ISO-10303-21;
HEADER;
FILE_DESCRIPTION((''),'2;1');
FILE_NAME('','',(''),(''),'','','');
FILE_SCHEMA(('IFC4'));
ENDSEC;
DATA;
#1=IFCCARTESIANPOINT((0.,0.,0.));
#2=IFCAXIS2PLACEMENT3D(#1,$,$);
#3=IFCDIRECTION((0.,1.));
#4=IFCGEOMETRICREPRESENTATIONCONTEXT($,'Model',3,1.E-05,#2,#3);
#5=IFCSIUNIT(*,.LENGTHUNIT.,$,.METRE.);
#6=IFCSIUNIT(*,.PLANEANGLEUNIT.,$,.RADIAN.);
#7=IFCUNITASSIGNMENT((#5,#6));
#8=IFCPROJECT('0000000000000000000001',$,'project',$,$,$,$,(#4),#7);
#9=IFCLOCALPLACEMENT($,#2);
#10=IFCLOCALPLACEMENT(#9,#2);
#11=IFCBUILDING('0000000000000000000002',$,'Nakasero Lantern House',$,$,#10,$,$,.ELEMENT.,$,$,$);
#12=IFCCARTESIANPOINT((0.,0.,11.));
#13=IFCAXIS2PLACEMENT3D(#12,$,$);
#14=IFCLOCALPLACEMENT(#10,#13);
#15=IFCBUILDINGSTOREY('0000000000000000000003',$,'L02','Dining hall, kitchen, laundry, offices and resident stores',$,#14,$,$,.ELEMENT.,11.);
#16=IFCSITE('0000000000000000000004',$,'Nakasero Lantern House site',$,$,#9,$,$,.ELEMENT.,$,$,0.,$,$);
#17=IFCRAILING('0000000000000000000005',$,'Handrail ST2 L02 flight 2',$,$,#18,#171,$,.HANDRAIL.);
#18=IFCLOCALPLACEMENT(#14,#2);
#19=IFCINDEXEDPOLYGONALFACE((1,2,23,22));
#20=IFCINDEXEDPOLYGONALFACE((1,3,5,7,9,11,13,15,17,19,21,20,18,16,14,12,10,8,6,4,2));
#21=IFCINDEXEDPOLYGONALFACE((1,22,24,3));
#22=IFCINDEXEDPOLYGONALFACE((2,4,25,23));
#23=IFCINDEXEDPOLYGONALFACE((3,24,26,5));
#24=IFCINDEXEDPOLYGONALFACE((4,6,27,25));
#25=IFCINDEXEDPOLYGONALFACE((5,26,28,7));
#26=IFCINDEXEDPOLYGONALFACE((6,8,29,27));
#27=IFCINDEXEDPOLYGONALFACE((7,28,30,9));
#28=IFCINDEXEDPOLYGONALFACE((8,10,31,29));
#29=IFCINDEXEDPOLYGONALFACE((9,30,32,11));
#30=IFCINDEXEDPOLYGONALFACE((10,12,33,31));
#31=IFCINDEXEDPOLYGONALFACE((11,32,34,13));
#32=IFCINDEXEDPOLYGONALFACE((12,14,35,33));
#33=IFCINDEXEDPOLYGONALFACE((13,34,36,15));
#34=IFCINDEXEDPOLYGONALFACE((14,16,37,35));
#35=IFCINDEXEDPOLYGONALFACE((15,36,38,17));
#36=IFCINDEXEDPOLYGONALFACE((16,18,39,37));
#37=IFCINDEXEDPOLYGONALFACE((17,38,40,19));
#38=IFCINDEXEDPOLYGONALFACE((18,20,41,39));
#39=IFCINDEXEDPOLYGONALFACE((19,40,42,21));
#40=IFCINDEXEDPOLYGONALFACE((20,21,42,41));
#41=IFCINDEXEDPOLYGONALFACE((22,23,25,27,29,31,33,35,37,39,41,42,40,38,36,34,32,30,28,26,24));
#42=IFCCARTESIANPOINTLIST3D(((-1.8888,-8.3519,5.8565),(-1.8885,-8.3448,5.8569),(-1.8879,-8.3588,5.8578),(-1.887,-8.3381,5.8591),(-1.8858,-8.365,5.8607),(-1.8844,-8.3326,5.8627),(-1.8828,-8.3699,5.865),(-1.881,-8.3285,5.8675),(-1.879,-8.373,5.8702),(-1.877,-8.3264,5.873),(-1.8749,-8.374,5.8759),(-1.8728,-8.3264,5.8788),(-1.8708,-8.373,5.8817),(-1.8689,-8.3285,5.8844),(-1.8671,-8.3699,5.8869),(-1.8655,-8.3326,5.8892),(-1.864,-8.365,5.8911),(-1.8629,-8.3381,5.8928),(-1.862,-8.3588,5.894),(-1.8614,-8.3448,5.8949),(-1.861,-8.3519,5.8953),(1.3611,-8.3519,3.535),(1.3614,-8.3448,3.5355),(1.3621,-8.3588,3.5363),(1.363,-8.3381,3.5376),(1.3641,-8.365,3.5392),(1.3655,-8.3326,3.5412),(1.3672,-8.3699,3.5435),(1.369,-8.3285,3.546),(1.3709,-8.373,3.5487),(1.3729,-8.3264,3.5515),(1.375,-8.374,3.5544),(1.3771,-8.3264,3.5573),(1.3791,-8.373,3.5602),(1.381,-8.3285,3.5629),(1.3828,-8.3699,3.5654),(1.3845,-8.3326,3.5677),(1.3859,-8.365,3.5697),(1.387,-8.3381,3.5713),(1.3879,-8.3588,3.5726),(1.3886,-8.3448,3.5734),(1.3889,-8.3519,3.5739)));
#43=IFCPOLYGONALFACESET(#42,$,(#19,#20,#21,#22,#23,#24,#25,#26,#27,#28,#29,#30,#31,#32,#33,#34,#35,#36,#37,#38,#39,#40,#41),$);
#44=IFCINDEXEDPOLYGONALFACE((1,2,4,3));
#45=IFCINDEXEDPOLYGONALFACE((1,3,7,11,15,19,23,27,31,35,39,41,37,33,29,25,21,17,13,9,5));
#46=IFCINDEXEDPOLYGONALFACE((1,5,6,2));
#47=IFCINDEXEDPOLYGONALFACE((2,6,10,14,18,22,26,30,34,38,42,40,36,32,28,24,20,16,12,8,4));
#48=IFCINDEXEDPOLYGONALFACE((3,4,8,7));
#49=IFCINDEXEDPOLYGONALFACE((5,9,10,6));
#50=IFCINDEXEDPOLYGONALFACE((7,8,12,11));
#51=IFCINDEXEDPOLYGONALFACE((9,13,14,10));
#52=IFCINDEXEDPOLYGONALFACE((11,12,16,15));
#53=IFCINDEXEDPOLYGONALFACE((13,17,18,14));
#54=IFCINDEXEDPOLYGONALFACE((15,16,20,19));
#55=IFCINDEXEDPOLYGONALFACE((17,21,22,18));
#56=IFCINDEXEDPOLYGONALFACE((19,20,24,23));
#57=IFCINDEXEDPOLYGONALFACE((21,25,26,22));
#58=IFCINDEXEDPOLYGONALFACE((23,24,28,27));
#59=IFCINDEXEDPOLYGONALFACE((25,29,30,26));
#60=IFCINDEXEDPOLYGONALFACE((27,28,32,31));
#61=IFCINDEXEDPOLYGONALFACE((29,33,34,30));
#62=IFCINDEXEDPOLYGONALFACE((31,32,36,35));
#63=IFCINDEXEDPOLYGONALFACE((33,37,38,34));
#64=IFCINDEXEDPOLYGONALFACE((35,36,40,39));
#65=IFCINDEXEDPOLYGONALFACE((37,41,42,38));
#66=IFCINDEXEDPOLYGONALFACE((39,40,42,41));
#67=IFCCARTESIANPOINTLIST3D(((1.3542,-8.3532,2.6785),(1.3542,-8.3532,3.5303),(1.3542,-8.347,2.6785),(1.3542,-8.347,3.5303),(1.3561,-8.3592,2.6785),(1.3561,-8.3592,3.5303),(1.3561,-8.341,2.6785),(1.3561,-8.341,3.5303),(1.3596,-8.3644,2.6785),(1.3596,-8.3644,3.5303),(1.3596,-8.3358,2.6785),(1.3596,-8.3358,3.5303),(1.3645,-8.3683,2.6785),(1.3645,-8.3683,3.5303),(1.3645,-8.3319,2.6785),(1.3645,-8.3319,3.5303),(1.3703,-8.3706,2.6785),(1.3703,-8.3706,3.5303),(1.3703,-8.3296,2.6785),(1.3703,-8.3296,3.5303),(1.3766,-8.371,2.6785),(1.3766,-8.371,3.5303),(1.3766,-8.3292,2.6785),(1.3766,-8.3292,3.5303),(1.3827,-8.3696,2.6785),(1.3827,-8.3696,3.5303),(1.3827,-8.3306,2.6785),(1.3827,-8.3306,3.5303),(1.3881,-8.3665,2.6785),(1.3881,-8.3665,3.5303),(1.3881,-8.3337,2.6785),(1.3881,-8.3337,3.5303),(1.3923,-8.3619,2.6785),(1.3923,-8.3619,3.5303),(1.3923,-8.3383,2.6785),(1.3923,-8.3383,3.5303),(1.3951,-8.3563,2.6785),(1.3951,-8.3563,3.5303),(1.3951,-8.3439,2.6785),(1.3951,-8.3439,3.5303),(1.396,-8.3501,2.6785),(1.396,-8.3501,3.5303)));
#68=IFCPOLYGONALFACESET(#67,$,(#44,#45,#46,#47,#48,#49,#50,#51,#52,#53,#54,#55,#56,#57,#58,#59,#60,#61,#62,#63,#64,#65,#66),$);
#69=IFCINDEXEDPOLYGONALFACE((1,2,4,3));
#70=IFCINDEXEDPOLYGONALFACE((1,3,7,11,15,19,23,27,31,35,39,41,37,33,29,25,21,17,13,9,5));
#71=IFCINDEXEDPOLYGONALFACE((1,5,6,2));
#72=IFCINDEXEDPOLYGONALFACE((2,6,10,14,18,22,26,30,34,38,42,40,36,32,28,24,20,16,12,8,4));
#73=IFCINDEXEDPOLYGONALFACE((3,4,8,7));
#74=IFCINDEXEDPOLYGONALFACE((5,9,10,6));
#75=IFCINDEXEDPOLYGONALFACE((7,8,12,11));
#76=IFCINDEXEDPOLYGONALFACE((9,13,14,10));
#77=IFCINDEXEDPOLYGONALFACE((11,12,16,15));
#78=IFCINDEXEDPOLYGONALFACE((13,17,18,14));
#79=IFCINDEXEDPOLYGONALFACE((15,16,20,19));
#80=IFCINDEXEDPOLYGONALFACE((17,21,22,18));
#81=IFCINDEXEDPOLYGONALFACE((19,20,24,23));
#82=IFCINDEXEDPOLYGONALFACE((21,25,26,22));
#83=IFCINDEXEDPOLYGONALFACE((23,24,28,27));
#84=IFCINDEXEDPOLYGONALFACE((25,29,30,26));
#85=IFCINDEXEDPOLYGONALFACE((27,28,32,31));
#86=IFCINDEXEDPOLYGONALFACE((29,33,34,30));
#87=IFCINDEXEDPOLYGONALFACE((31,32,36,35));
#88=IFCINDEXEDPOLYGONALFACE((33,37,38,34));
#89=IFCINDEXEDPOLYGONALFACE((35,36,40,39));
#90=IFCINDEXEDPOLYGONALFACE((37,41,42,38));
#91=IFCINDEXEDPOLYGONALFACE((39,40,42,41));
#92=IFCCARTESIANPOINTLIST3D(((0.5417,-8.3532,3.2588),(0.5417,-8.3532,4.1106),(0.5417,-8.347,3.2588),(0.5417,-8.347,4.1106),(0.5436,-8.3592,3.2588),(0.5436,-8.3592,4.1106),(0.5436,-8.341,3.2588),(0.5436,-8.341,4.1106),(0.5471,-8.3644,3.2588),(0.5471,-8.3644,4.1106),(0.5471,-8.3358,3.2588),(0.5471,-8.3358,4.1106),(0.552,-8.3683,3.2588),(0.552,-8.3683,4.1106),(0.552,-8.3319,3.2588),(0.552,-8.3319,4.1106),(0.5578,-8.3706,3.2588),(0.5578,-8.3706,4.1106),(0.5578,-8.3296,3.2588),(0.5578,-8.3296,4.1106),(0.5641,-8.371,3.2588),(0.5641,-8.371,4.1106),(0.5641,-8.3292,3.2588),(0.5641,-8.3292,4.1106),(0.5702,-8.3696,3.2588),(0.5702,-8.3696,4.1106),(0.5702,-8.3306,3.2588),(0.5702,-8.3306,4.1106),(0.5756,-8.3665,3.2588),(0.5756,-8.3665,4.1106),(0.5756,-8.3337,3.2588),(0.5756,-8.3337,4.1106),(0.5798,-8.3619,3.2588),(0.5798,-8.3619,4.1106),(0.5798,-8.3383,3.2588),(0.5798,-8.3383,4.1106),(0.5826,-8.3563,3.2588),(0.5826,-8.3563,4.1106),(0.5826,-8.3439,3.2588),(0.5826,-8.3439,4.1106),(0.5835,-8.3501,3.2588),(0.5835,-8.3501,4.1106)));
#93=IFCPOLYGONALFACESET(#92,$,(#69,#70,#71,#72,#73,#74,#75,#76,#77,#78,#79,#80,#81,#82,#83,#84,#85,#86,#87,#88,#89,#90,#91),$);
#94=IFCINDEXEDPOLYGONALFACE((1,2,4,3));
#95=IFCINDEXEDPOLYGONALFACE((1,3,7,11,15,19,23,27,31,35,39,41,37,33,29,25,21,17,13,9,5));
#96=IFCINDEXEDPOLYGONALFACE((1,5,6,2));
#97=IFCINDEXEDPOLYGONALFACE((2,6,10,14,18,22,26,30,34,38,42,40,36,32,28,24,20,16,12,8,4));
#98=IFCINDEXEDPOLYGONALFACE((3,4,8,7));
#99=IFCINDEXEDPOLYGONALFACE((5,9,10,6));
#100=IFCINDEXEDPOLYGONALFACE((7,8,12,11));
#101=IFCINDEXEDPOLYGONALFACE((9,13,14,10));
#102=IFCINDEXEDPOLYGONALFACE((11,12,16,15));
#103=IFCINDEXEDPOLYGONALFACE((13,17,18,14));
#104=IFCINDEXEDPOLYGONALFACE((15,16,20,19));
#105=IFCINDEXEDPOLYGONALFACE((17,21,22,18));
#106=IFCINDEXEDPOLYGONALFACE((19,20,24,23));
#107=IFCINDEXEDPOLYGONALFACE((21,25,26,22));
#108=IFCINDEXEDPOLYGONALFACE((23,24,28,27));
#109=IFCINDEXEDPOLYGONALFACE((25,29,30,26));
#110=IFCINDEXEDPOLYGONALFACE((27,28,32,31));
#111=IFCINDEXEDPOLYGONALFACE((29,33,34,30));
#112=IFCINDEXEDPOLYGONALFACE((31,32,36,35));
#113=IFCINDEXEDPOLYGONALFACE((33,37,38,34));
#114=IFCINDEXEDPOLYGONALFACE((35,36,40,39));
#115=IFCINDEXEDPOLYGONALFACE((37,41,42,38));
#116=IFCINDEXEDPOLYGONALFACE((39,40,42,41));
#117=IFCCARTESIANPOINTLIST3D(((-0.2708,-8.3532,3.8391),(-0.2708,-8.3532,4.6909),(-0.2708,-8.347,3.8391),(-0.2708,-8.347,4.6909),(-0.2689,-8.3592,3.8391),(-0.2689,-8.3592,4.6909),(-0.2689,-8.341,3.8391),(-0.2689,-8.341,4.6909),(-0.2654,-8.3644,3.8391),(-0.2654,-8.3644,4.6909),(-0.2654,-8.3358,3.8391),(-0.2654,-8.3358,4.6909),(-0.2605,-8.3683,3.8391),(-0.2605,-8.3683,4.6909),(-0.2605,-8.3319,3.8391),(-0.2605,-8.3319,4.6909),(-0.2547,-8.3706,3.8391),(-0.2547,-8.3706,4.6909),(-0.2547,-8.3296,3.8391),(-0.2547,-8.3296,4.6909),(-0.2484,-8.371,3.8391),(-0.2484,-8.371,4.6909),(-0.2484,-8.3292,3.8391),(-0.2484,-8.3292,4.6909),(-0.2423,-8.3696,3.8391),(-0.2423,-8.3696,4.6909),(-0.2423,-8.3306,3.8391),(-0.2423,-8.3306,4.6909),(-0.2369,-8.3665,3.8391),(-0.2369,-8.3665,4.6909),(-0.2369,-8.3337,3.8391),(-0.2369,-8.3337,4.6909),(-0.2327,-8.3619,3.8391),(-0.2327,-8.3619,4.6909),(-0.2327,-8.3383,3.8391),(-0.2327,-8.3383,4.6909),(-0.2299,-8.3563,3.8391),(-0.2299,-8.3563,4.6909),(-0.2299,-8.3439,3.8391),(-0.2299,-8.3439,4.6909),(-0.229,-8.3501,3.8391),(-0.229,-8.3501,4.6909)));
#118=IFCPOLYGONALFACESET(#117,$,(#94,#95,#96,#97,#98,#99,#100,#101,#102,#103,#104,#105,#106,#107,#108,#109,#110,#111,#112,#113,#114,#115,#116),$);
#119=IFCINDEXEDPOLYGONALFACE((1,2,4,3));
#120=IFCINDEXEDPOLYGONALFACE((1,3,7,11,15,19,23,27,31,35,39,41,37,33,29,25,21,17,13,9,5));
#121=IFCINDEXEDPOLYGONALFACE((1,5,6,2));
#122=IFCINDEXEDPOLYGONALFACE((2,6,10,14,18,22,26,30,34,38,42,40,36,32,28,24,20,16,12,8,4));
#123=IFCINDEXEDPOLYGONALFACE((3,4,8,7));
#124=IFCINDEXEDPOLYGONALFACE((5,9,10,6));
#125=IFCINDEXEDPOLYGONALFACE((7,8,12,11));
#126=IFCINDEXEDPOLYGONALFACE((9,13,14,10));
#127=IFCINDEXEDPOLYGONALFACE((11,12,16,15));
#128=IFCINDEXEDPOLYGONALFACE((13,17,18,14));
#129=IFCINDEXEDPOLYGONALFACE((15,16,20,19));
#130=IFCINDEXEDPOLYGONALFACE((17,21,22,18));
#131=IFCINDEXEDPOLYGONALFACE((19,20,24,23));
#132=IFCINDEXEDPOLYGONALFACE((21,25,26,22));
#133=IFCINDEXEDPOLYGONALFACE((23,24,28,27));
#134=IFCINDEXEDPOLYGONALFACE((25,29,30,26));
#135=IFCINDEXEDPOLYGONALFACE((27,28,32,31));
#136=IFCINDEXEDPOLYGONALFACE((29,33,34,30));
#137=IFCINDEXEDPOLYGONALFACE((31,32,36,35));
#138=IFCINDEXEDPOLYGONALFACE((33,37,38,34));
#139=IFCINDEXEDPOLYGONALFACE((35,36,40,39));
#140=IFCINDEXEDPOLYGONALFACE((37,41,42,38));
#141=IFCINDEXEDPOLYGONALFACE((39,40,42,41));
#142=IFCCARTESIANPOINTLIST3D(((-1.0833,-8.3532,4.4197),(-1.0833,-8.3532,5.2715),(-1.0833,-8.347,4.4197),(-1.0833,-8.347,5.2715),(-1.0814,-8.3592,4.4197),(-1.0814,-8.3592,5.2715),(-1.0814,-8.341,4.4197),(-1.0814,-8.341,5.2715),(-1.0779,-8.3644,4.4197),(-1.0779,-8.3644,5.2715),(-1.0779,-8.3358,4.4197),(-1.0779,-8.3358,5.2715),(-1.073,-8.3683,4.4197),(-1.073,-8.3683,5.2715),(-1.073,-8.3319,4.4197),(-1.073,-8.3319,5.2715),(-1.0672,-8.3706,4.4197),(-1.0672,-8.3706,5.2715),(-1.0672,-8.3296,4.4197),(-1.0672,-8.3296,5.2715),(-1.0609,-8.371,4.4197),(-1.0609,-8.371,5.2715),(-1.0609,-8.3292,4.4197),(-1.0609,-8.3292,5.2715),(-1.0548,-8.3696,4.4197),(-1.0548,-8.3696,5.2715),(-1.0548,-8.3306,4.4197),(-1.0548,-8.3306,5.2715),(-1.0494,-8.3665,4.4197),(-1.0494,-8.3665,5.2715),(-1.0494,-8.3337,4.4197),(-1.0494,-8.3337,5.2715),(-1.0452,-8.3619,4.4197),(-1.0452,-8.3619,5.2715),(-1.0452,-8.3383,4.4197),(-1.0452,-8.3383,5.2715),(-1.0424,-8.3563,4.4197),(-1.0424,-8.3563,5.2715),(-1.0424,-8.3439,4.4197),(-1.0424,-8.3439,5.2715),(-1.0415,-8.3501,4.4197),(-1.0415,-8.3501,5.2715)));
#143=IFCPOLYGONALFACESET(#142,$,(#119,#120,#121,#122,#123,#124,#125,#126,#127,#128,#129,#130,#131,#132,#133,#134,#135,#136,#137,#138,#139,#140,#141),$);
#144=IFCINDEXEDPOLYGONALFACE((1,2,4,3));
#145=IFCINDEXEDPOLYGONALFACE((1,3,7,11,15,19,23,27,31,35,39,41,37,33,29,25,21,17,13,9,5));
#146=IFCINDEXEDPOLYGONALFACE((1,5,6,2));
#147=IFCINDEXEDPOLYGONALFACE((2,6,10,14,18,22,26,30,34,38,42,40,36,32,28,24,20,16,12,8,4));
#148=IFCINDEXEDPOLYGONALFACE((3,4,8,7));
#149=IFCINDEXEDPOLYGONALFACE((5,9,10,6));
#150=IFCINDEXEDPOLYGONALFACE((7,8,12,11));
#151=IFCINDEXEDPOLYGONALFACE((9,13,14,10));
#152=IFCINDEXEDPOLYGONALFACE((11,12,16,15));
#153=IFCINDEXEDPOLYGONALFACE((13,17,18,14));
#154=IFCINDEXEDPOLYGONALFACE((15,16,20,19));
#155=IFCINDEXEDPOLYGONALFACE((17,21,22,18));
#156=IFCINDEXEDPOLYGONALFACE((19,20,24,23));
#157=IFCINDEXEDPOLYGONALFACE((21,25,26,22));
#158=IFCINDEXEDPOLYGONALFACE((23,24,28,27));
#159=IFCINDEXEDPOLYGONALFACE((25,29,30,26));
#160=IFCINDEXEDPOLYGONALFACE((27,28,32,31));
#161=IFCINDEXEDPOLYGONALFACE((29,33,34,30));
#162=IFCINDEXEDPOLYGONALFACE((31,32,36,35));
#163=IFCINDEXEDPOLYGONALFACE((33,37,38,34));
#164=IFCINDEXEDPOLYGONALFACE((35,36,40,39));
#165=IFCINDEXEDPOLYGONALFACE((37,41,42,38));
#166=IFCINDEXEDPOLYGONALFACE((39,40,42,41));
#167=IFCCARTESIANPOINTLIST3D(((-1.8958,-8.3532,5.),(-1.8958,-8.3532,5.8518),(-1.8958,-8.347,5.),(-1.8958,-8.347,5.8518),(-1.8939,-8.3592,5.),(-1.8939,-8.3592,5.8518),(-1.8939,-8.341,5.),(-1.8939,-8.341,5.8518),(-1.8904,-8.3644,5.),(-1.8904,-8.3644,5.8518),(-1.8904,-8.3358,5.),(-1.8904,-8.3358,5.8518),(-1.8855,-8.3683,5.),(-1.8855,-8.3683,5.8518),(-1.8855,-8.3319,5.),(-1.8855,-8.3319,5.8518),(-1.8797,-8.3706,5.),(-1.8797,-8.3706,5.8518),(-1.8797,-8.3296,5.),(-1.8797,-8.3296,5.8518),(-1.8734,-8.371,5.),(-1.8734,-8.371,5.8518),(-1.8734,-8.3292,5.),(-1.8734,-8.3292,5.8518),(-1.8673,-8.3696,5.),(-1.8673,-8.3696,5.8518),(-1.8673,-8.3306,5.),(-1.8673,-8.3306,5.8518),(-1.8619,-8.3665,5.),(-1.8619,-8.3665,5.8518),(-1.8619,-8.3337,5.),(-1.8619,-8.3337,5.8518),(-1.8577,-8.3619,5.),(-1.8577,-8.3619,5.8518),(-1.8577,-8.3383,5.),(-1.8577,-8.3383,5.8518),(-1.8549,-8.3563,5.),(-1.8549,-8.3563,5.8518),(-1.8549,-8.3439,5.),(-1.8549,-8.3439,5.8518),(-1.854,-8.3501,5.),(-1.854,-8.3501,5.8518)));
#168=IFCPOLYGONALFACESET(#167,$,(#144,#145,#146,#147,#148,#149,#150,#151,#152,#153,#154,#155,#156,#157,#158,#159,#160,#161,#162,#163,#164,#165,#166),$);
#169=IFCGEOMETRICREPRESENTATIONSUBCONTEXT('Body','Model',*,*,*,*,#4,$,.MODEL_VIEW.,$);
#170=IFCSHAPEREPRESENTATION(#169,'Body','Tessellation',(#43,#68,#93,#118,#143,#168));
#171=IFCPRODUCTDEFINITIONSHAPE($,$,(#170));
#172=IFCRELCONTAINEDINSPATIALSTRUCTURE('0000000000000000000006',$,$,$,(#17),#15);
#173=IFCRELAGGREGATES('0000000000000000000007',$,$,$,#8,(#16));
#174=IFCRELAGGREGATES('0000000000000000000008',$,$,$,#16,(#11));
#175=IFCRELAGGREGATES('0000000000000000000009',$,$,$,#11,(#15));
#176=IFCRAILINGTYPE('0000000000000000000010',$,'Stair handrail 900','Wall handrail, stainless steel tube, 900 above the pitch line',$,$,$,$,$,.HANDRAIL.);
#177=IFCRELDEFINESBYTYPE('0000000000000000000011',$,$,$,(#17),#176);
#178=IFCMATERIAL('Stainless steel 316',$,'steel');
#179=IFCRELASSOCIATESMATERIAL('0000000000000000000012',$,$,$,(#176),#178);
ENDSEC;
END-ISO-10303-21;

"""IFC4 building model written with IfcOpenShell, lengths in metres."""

from ifc_helpers import new_model, si_unit, direction, frame, origin, origin_2d, place, context, subcontext, project, spatial, circle, extrude, material, type_object, element, save


model = new_model("IFC4")

# Units and contexts
model_context = context("Model", 3, precision=1e-05, world=origin(), true_north=direction((0.0, 1.0)))
body_context = subcontext(model_context, "Body", "Model", "MODEL_VIEW")
ifc_project = project(units=[si_unit("LENGTHUNIT", "METRE"), si_unit("PLANEANGLEUNIT", "RADIAN")], contexts=[model_context])

# Site, building, storey
site_placement = place(None, origin())
site = spatial("IfcSite", under=ifc_project, at=site_placement, Name="Nakasero Lantern House site", CompositionType="ELEMENT", RefElevation=0.0)
building_placement = place(site_placement, origin())
building = spatial("IfcBuilding", under=site, at=building_placement, Name="Nakasero Lantern House", CompositionType="ELEMENT")
storey_placement = place(building_placement, frame((0.0, 0.0, 11.0)))
storey = spatial("IfcBuildingStorey", under=building, at=storey_placement, Name="L02", Description="Dining hall, kitchen, laundry, offices and resident stores", CompositionType="ELEMENT", Elevation=11.0)

# Railing
ifc_material_1 = material(Name="Stainless steel 316", Category="steel")
railing_type = type_object("IfcRailingType", Name="Stair handrail 900", Description="Wall handrail, stainless steel tube, 900 above the pitch line", PredefinedType="HANDRAIL", material=ifc_material_1)
railing_placement = place(storey_placement, frame((1.375, -8.3501, 2.6785)))
element("IfcRailing", 1, at=railing_placement, inside=storey, type_object=railing_type, Name="Handrail ST2 L02 flight 2", PredefinedType="HANDRAIL", context=body_context, shape_type="SweptSolid", body=[
    extrude(circle(Radius=0.0239, at=origin_2d()), frame((0.0, 0.0, 0.876), z_axis=(-0.813721, 0.0, 0.581256), x_axis=(0.0, -1.0, 0.0)), (0.0, 0.0, 1.0), 3.9939),
    extrude(circle(Radius=0.021, at=origin_2d()), origin(), (0.0, 0.0, 1.0), 0.8518),
    extrude(circle(Radius=0.021, at=origin_2d()), frame((-0.8125, 0.0, 0.5803)), (0.0, 0.0, 1.0), 0.8518),
    extrude(circle(Radius=0.021, at=origin_2d()), frame((-1.625, 0.0, 1.1606)), (0.0, 0.0, 1.0), 0.8518),
    extrude(circle(Radius=0.021, at=origin_2d()), frame((-2.4375, 0.0, 1.7412)), (0.0, 0.0, 1.0), 0.8518),
    extrude(circle(Radius=0.021, at=origin_2d()), frame((-3.25, 0.0, 2.3215)), (0.0, 0.0, 1.0), 0.8518),
])

save(model, "model.ifc")
